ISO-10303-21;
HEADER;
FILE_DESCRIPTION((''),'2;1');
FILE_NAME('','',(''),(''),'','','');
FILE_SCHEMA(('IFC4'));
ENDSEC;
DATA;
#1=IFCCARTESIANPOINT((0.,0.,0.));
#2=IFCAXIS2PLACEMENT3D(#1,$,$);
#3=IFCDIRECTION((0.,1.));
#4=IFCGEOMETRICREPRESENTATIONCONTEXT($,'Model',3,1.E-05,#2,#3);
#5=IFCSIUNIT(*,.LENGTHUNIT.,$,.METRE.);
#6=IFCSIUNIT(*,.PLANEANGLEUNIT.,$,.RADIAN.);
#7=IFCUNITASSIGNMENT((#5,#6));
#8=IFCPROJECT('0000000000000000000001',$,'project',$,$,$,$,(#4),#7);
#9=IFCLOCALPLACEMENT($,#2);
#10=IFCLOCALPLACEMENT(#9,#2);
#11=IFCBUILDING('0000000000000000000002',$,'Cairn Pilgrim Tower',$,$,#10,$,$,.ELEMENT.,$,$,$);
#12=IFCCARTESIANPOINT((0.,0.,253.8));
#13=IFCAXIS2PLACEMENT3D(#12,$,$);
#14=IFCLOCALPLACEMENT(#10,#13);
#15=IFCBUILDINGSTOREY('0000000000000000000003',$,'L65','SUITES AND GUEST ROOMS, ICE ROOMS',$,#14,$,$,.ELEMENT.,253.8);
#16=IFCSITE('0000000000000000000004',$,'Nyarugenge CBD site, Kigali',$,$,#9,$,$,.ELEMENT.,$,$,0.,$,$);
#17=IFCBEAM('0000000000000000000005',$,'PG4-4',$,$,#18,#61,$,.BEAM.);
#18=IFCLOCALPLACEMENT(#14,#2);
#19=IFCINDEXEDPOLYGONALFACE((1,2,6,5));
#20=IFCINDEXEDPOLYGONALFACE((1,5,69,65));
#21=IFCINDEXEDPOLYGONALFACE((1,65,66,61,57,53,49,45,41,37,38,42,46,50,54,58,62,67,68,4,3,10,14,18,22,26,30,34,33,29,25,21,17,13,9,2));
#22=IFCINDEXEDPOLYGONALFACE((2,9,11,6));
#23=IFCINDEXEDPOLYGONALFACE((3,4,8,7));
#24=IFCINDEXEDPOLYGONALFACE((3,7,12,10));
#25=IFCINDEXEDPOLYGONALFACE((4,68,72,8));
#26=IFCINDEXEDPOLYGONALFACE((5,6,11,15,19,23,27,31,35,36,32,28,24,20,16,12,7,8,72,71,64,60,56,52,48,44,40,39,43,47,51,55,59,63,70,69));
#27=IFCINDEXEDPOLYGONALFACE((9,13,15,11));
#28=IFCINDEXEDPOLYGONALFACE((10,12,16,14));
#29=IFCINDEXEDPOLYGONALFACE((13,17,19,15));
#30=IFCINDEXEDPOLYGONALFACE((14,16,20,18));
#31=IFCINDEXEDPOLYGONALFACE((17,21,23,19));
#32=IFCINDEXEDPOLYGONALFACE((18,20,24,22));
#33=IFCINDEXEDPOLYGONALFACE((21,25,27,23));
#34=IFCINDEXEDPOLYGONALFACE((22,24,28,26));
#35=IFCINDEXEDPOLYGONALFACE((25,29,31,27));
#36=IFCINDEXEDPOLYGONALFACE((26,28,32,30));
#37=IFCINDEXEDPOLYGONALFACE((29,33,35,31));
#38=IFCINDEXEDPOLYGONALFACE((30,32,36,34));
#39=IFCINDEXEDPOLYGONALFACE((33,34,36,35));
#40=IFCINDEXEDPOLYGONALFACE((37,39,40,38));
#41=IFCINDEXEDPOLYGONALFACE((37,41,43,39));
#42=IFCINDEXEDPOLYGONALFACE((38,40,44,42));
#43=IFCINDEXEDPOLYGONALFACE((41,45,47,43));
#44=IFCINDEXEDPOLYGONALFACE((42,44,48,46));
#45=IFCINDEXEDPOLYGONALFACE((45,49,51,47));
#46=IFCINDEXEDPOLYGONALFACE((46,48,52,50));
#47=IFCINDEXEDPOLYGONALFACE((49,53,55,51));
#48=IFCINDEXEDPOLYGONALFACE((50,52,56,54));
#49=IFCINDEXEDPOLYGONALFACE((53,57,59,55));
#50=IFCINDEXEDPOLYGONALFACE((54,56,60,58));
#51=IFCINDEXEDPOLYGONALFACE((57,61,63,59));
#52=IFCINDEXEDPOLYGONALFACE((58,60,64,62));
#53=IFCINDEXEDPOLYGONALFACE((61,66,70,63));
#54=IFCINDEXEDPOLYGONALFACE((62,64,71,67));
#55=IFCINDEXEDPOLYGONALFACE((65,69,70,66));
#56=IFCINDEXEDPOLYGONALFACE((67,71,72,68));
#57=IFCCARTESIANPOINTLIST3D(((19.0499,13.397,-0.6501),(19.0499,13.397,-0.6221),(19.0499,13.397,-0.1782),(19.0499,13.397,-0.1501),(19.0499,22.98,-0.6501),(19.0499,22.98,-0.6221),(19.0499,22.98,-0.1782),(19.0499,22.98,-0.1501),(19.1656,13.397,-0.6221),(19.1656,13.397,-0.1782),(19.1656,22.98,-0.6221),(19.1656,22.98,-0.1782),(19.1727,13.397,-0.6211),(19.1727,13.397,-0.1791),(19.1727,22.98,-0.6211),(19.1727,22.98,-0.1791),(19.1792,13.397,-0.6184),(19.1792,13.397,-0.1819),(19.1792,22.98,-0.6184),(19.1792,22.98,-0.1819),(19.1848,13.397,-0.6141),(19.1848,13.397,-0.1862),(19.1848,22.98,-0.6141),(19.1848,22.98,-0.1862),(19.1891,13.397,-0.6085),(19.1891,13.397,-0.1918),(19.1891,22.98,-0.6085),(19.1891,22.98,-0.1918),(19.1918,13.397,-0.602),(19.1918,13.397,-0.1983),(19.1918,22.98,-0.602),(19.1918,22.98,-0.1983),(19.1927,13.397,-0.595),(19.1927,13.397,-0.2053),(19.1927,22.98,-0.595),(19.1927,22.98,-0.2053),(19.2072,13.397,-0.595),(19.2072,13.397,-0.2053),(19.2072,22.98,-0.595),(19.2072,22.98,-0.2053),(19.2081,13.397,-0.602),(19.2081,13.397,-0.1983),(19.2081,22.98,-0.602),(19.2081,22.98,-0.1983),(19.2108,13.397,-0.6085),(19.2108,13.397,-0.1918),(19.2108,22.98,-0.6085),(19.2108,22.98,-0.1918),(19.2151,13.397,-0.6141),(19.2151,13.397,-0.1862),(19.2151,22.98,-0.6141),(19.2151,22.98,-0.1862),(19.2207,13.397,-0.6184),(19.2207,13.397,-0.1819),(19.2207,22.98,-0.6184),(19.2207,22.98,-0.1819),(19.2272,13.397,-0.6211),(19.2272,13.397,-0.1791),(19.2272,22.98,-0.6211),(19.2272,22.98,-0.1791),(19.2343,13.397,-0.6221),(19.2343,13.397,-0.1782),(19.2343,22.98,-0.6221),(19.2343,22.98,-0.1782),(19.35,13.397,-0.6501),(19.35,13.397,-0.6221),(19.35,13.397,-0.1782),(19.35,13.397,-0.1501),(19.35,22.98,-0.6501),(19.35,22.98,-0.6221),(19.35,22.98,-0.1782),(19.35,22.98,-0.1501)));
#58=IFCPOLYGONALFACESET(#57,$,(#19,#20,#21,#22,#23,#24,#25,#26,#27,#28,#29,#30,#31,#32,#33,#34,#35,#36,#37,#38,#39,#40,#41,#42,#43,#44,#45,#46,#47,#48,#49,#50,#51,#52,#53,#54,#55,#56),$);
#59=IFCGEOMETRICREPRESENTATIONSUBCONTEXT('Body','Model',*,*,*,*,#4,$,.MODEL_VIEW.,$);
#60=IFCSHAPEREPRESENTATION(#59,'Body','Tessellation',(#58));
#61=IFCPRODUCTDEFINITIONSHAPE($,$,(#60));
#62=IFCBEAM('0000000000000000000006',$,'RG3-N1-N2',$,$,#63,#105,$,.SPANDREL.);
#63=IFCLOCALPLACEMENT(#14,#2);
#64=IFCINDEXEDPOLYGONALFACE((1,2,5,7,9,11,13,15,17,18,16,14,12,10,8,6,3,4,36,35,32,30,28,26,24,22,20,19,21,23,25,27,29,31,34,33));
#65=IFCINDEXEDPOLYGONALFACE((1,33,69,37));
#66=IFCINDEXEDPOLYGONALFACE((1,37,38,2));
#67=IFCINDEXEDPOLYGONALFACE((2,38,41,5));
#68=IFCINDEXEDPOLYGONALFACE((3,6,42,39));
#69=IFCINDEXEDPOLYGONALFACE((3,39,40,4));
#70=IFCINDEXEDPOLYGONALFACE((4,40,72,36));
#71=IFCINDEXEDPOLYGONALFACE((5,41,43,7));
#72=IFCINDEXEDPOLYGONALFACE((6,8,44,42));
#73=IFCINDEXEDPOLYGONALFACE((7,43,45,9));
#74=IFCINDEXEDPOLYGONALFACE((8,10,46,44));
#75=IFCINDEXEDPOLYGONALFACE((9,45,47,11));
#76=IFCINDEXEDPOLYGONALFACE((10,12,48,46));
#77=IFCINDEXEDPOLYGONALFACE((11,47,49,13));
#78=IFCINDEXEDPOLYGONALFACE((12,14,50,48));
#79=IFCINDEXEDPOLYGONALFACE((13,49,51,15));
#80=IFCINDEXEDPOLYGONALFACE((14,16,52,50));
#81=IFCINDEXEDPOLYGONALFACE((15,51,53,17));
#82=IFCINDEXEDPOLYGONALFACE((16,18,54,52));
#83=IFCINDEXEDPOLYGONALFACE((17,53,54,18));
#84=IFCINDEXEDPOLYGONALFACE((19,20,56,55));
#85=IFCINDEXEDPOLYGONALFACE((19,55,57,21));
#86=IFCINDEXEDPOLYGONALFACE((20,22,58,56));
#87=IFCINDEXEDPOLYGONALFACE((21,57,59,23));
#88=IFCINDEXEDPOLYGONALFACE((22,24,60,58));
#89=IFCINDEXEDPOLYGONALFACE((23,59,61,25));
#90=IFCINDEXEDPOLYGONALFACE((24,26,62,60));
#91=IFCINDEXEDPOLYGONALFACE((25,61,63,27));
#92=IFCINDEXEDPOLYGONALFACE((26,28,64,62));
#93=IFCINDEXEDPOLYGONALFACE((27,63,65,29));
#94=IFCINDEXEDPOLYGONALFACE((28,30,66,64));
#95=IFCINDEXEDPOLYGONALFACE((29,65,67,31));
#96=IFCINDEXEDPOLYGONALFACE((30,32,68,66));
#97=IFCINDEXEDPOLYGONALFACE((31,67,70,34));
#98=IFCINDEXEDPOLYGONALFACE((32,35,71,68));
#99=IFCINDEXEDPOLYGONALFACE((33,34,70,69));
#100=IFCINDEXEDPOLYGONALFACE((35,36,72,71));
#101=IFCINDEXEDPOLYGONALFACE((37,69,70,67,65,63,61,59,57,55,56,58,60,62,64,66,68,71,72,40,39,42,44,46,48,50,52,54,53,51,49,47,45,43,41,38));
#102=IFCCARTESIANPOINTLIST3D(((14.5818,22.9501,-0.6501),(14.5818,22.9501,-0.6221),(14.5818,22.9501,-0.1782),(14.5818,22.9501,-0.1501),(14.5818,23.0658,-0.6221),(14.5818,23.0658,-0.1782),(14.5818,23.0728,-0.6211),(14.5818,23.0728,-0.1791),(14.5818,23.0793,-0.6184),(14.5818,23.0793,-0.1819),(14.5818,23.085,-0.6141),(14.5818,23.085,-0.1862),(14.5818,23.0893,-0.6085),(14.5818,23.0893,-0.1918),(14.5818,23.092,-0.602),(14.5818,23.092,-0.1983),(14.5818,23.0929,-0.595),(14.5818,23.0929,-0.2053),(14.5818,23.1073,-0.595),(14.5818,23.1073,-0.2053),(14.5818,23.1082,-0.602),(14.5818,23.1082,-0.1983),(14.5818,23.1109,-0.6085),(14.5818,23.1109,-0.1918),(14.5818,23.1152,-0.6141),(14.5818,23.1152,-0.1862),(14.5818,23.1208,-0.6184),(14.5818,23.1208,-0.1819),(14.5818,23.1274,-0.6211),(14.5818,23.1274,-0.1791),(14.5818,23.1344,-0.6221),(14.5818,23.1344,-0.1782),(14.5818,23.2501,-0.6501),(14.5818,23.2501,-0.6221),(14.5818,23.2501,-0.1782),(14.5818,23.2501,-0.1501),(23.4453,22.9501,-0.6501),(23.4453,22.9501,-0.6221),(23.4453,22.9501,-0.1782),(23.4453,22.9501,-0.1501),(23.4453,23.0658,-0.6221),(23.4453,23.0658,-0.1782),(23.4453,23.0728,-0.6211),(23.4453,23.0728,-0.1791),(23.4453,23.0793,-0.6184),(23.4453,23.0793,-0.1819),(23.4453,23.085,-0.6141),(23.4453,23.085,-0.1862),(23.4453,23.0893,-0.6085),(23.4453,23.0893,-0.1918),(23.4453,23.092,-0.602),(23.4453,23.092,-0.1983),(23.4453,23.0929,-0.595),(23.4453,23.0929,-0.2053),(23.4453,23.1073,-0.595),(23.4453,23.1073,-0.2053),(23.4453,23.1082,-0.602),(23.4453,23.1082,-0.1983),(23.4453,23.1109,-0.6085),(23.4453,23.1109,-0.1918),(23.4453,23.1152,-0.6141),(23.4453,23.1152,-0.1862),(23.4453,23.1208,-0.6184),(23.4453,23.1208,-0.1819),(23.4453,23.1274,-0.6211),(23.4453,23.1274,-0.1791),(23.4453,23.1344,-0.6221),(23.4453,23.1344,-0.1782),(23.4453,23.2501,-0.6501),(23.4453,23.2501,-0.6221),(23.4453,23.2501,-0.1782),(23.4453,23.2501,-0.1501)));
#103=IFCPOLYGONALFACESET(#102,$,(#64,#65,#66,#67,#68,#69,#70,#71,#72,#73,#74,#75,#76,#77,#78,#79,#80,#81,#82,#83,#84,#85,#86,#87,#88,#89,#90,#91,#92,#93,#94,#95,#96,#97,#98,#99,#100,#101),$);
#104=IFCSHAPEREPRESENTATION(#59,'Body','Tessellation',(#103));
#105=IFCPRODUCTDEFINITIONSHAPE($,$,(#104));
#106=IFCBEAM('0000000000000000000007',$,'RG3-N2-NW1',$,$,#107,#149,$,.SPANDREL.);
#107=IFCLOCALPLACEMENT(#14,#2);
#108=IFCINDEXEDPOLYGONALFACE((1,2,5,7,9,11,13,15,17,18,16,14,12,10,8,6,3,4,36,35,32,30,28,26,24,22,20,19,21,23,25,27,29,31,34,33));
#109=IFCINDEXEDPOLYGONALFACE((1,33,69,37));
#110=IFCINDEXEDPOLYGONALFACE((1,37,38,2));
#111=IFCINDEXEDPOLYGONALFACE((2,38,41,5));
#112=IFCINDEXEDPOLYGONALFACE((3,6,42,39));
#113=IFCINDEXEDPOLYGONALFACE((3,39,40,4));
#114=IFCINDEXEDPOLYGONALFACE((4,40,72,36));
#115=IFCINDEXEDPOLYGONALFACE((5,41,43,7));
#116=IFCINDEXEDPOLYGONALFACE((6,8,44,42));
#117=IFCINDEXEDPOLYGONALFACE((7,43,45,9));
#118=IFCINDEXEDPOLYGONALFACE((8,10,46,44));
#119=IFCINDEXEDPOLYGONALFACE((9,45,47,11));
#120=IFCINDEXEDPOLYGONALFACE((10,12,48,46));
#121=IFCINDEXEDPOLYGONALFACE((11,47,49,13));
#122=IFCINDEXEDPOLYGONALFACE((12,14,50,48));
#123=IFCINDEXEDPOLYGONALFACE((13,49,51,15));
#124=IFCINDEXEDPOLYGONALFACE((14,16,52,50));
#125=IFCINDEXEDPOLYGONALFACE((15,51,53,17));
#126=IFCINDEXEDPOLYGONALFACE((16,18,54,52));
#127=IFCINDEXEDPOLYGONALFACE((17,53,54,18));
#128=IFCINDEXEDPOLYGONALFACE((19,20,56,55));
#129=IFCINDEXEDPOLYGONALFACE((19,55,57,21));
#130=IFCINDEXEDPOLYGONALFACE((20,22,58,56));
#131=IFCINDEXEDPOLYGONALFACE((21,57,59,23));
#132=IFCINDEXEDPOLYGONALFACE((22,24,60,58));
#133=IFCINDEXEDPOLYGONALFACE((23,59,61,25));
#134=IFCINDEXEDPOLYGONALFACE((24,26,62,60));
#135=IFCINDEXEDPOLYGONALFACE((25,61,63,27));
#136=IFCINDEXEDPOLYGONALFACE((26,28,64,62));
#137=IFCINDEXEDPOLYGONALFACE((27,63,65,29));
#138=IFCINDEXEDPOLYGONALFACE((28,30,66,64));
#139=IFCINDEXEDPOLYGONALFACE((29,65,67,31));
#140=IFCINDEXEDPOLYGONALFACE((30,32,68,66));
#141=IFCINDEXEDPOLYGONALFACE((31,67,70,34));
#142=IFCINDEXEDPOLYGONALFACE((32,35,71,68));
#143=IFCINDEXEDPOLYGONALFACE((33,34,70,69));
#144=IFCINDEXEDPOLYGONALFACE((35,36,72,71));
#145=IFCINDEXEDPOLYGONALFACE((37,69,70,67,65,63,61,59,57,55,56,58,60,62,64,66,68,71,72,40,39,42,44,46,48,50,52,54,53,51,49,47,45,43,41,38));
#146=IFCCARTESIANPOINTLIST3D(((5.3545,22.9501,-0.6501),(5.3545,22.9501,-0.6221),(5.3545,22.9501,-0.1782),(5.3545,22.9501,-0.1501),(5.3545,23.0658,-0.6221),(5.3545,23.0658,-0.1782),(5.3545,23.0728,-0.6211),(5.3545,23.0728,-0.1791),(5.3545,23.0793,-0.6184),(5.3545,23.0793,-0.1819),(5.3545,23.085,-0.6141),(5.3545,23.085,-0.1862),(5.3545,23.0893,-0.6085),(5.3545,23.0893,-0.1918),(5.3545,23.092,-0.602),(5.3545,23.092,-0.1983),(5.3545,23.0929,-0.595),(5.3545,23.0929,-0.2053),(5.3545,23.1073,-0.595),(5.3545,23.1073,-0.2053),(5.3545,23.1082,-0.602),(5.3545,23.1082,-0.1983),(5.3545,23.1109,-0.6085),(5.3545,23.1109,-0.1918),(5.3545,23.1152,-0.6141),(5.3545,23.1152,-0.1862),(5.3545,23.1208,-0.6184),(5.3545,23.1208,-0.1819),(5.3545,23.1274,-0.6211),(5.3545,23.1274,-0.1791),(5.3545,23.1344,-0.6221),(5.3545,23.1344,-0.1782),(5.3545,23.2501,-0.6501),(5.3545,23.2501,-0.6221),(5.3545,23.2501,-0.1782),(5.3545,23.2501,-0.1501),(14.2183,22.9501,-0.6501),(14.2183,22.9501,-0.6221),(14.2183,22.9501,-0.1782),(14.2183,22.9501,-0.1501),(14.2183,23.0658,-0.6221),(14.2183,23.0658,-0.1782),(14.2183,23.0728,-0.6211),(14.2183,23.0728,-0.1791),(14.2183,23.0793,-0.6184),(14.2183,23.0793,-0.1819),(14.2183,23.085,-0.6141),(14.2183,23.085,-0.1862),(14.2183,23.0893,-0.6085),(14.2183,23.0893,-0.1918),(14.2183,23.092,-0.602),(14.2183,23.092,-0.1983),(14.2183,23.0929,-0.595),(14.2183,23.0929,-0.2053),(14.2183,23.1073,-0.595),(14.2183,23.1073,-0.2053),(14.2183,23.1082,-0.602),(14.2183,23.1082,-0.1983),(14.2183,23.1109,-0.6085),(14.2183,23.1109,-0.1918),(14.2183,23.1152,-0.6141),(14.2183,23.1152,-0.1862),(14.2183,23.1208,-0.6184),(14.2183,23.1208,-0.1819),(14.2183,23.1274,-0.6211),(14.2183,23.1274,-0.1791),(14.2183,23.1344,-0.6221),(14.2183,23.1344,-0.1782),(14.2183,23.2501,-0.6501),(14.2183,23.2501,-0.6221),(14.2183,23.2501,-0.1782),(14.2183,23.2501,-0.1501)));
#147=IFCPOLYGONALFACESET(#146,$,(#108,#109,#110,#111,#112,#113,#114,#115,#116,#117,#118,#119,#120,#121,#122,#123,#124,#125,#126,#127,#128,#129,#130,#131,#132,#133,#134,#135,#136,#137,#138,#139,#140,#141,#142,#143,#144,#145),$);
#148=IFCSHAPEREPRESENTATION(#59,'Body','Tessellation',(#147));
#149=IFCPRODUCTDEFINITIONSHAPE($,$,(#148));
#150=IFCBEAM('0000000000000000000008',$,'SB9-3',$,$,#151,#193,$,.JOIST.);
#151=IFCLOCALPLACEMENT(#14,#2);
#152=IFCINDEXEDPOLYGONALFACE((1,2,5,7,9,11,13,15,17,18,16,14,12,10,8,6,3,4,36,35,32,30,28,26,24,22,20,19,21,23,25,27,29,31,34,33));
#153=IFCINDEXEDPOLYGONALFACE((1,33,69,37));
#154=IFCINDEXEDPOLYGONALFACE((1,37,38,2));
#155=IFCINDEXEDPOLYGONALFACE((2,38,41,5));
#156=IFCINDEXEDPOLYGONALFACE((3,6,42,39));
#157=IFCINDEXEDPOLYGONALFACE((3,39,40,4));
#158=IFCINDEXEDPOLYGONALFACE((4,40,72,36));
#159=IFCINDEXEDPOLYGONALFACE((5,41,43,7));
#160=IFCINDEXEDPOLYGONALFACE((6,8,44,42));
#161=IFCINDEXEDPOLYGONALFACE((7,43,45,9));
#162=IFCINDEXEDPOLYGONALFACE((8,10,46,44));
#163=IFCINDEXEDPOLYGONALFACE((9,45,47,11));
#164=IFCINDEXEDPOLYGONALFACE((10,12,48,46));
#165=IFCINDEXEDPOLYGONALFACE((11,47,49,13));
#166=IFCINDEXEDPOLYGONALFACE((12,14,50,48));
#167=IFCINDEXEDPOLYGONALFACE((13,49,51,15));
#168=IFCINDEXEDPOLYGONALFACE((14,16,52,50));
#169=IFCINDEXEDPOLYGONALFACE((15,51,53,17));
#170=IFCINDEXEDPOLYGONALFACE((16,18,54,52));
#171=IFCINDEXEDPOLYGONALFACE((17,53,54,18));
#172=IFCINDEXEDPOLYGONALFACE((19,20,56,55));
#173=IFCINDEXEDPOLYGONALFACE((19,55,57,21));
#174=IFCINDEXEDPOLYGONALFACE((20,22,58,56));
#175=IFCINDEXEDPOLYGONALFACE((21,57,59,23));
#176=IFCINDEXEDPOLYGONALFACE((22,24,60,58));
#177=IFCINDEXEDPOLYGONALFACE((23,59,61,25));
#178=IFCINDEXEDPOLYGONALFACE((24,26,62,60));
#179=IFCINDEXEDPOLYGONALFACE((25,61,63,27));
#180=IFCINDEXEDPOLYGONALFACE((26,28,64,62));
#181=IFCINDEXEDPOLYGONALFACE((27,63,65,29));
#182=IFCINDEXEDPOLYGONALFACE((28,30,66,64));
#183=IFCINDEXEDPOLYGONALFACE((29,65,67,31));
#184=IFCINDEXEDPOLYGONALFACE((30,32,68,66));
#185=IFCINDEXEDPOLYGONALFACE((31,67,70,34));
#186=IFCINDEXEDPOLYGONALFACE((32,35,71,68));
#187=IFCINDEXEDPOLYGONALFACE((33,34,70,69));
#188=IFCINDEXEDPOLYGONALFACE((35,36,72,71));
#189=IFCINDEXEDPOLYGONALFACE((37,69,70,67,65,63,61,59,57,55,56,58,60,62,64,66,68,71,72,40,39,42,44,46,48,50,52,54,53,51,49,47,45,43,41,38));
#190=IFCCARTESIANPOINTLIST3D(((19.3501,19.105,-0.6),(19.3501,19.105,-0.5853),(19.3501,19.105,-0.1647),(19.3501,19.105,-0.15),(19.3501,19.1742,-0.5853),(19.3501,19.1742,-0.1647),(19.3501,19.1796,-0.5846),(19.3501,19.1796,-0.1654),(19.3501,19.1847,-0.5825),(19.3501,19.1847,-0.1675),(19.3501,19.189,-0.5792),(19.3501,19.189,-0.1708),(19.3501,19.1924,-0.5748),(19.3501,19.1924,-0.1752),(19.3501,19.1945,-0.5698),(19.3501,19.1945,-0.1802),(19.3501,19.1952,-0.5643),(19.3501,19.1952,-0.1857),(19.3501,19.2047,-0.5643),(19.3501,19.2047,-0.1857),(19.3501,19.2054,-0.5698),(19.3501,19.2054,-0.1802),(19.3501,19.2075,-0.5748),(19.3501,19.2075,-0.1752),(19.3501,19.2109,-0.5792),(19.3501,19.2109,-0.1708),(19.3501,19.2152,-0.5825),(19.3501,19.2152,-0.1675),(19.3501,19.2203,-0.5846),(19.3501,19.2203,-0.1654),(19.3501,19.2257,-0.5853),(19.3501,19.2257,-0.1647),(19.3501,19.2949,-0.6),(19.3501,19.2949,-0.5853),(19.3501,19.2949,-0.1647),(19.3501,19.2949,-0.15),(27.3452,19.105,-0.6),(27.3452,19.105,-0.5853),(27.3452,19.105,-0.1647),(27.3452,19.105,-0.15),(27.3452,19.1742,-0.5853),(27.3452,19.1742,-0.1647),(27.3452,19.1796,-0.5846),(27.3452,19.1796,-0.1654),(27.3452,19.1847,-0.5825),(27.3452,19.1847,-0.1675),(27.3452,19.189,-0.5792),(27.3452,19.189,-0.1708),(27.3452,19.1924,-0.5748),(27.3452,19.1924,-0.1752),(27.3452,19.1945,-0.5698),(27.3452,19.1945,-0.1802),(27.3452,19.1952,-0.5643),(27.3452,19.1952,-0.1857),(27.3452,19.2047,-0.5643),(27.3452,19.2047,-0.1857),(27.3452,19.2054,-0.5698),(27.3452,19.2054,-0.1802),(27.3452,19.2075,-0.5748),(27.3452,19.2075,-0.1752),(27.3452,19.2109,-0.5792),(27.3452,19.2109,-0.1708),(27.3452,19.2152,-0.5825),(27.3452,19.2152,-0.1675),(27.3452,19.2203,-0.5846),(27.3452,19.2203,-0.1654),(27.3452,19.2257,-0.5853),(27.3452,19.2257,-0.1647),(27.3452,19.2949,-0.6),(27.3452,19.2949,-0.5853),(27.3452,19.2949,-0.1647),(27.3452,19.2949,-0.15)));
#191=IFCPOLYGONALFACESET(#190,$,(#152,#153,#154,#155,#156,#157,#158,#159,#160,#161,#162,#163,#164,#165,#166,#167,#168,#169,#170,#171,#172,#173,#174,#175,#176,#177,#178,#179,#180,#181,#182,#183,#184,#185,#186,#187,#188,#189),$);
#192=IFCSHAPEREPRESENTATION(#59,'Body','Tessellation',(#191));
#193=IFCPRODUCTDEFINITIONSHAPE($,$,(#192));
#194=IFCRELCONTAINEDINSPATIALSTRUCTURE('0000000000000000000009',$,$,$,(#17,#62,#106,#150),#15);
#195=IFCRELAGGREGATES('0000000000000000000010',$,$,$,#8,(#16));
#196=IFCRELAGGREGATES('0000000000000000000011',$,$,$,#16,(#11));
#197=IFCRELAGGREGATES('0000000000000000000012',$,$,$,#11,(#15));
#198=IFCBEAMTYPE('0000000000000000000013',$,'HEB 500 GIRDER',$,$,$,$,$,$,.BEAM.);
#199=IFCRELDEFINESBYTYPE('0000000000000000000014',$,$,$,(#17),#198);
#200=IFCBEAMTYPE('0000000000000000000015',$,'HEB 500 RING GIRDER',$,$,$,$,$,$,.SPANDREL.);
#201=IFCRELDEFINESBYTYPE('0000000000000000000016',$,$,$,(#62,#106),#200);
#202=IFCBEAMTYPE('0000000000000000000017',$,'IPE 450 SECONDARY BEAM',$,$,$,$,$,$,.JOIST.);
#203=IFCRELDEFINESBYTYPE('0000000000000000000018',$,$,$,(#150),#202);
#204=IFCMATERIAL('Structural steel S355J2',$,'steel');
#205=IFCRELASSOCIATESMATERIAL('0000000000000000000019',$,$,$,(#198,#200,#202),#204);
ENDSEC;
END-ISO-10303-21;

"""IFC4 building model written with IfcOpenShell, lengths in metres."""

from ifc_helpers import new_model, si_unit, direction, frame, origin, origin_2d, place, context, subcontext, project, spatial, i_section, extrude, material, material_profile, profile_set, type_object, element, save


model = new_model("IFC4")

# Units and contexts
model_context = context("Model", 3, precision=1e-05, world=origin(), true_north=direction((0.0, 1.0)))
body_context = subcontext(model_context, "Body", "Model", "MODEL_VIEW")
ifc_project = project(units=[si_unit("LENGTHUNIT", "METRE"), si_unit("PLANEANGLEUNIT", "RADIAN")], contexts=[model_context])

# Site, building, storey
site_placement = place(None, origin())
site = spatial("IfcSite", under=ifc_project, at=site_placement, Name="Nyarugenge CBD site, Kigali", CompositionType="ELEMENT", RefElevation=0.0)
building_placement = place(site_placement, origin())
building = spatial("IfcBuilding", under=site, at=building_placement, Name="Cairn Pilgrim Tower", CompositionType="ELEMENT")
storey_placement = place(building_placement, frame((0.0, 0.0, 253.8)))
storey = spatial("IfcBuildingStorey", under=building, at=storey_placement, Name="L65", Description="SUITES AND GUEST ROOMS, ICE ROOMS", CompositionType="ELEMENT", Elevation=253.8)

# Shared definitions
ifc_material_1 = material(Name="Structural steel S355J2", Category="steel")

# Beams
ifc_material_profile_1 = material_profile(ifc_material_1, i_section(OverallWidth=0.3, OverallDepth=0.5, WebThickness=0.0144, FlangeThickness=0.0281, FilletRadius=0.0271, at=origin_2d()), Name="HEB 500")
ifc_profile_set_1 = profile_set([ifc_material_profile_1], Name="Structural steel S355J2")
beam_type_1 = type_object("IfcBeamType", Name="HEB 500 GIRDER", PredefinedType="BEAM", material=ifc_profile_set_1)
beam_1_placement = place(storey_placement, frame((19.2, 13.397, -0.4001), z_axis=(0.0, 1.0, 0.0), x_axis=(-1.0, 0.0, 0.0)))
element("IfcBeam", 1, at=beam_1_placement, inside=storey, type_object=beam_type_1, Name="PG4-4", PredefinedType="BEAM", context=body_context, shape_type="SweptSolid", body=[
    extrude(i_section(OverallWidth=0.3, OverallDepth=0.5, WebThickness=0.0144, FlangeThickness=0.0281, FilletRadius=0.0271, at=origin_2d()), origin(), (0.0, 0.0, 1.0), 9.583),
])
ifc_material_profile_2 = material_profile(ifc_material_1, i_section(OverallWidth=0.3, OverallDepth=0.5, WebThickness=0.0144, FlangeThickness=0.0281, FilletRadius=0.0271, at=origin_2d()), Name="HEB 500")
ifc_profile_set_2 = profile_set([ifc_material_profile_2], Name="Structural steel S355J2")
beam_type_2 = type_object("IfcBeamType", Name="HEB 500 RING GIRDER", PredefinedType="SPANDREL", material=ifc_profile_set_2)
beam_2_placement = place(storey_placement, frame((23.4453, 23.1001, -0.4001), z_axis=(-1.0, 0.0, 0.0), x_axis=(0.0, -1.0, 0.0)))
element("IfcBeam", 2, at=beam_2_placement, inside=storey, type_object=beam_type_2, Name="RG3-N1-N2", PredefinedType="SPANDREL", context=body_context, shape_type="SweptSolid", body=[
    extrude(i_section(OverallWidth=0.3, OverallDepth=0.5, WebThickness=0.0144, FlangeThickness=0.0281, FilletRadius=0.0271, at=origin_2d()), origin(), (0.0, 0.0, 1.0), 8.8635),
])
beam_3_placement = place(storey_placement, frame((14.2183, 23.1001, -0.4001), z_axis=(-1.0, 0.0, 0.0), x_axis=(0.0, -1.0, 0.0)))
element("IfcBeam", 3, at=beam_3_placement, inside=storey, type_object=beam_type_2, Name="RG3-N2-NW1", PredefinedType="SPANDREL", context=body_context, shape_type="SweptSolid", body=[
    extrude(i_section(OverallWidth=0.3, OverallDepth=0.5, WebThickness=0.0144, FlangeThickness=0.0281, FilletRadius=0.0271, at=origin_2d()), origin(), (0.0, 0.0, 1.0), 8.8638),
])
ifc_material_profile_3 = material_profile(ifc_material_1, i_section(OverallWidth=0.1899, OverallDepth=0.45, WebThickness=0.0095, FlangeThickness=0.0146, FilletRadius=0.021, at=origin_2d()), Name="IPE 450")
ifc_profile_set_3 = profile_set([ifc_material_profile_3], Name="Structural steel S355J2")
beam_type_3 = type_object("IfcBeamType", Name="IPE 450 SECONDARY BEAM", PredefinedType="JOIST", material=ifc_profile_set_3)
beam_4_placement = place(storey_placement, frame((19.3501, 19.2, -0.375), z_axis=(1.0, 0.0, 0.0), x_axis=(0.0, 1.0, 0.0)))
element("IfcBeam", 4, at=beam_4_placement, inside=storey, type_object=beam_type_3, Name="SB9-3", PredefinedType="JOIST", context=body_context, shape_type="SweptSolid", body=[
    extrude(i_section(OverallWidth=0.1899, OverallDepth=0.45, WebThickness=0.0095, FlangeThickness=0.0146, FilletRadius=0.021, at=origin_2d()), origin(), (0.0, 0.0, 1.0), 7.9951),
])

save(model, "model.ifc")
